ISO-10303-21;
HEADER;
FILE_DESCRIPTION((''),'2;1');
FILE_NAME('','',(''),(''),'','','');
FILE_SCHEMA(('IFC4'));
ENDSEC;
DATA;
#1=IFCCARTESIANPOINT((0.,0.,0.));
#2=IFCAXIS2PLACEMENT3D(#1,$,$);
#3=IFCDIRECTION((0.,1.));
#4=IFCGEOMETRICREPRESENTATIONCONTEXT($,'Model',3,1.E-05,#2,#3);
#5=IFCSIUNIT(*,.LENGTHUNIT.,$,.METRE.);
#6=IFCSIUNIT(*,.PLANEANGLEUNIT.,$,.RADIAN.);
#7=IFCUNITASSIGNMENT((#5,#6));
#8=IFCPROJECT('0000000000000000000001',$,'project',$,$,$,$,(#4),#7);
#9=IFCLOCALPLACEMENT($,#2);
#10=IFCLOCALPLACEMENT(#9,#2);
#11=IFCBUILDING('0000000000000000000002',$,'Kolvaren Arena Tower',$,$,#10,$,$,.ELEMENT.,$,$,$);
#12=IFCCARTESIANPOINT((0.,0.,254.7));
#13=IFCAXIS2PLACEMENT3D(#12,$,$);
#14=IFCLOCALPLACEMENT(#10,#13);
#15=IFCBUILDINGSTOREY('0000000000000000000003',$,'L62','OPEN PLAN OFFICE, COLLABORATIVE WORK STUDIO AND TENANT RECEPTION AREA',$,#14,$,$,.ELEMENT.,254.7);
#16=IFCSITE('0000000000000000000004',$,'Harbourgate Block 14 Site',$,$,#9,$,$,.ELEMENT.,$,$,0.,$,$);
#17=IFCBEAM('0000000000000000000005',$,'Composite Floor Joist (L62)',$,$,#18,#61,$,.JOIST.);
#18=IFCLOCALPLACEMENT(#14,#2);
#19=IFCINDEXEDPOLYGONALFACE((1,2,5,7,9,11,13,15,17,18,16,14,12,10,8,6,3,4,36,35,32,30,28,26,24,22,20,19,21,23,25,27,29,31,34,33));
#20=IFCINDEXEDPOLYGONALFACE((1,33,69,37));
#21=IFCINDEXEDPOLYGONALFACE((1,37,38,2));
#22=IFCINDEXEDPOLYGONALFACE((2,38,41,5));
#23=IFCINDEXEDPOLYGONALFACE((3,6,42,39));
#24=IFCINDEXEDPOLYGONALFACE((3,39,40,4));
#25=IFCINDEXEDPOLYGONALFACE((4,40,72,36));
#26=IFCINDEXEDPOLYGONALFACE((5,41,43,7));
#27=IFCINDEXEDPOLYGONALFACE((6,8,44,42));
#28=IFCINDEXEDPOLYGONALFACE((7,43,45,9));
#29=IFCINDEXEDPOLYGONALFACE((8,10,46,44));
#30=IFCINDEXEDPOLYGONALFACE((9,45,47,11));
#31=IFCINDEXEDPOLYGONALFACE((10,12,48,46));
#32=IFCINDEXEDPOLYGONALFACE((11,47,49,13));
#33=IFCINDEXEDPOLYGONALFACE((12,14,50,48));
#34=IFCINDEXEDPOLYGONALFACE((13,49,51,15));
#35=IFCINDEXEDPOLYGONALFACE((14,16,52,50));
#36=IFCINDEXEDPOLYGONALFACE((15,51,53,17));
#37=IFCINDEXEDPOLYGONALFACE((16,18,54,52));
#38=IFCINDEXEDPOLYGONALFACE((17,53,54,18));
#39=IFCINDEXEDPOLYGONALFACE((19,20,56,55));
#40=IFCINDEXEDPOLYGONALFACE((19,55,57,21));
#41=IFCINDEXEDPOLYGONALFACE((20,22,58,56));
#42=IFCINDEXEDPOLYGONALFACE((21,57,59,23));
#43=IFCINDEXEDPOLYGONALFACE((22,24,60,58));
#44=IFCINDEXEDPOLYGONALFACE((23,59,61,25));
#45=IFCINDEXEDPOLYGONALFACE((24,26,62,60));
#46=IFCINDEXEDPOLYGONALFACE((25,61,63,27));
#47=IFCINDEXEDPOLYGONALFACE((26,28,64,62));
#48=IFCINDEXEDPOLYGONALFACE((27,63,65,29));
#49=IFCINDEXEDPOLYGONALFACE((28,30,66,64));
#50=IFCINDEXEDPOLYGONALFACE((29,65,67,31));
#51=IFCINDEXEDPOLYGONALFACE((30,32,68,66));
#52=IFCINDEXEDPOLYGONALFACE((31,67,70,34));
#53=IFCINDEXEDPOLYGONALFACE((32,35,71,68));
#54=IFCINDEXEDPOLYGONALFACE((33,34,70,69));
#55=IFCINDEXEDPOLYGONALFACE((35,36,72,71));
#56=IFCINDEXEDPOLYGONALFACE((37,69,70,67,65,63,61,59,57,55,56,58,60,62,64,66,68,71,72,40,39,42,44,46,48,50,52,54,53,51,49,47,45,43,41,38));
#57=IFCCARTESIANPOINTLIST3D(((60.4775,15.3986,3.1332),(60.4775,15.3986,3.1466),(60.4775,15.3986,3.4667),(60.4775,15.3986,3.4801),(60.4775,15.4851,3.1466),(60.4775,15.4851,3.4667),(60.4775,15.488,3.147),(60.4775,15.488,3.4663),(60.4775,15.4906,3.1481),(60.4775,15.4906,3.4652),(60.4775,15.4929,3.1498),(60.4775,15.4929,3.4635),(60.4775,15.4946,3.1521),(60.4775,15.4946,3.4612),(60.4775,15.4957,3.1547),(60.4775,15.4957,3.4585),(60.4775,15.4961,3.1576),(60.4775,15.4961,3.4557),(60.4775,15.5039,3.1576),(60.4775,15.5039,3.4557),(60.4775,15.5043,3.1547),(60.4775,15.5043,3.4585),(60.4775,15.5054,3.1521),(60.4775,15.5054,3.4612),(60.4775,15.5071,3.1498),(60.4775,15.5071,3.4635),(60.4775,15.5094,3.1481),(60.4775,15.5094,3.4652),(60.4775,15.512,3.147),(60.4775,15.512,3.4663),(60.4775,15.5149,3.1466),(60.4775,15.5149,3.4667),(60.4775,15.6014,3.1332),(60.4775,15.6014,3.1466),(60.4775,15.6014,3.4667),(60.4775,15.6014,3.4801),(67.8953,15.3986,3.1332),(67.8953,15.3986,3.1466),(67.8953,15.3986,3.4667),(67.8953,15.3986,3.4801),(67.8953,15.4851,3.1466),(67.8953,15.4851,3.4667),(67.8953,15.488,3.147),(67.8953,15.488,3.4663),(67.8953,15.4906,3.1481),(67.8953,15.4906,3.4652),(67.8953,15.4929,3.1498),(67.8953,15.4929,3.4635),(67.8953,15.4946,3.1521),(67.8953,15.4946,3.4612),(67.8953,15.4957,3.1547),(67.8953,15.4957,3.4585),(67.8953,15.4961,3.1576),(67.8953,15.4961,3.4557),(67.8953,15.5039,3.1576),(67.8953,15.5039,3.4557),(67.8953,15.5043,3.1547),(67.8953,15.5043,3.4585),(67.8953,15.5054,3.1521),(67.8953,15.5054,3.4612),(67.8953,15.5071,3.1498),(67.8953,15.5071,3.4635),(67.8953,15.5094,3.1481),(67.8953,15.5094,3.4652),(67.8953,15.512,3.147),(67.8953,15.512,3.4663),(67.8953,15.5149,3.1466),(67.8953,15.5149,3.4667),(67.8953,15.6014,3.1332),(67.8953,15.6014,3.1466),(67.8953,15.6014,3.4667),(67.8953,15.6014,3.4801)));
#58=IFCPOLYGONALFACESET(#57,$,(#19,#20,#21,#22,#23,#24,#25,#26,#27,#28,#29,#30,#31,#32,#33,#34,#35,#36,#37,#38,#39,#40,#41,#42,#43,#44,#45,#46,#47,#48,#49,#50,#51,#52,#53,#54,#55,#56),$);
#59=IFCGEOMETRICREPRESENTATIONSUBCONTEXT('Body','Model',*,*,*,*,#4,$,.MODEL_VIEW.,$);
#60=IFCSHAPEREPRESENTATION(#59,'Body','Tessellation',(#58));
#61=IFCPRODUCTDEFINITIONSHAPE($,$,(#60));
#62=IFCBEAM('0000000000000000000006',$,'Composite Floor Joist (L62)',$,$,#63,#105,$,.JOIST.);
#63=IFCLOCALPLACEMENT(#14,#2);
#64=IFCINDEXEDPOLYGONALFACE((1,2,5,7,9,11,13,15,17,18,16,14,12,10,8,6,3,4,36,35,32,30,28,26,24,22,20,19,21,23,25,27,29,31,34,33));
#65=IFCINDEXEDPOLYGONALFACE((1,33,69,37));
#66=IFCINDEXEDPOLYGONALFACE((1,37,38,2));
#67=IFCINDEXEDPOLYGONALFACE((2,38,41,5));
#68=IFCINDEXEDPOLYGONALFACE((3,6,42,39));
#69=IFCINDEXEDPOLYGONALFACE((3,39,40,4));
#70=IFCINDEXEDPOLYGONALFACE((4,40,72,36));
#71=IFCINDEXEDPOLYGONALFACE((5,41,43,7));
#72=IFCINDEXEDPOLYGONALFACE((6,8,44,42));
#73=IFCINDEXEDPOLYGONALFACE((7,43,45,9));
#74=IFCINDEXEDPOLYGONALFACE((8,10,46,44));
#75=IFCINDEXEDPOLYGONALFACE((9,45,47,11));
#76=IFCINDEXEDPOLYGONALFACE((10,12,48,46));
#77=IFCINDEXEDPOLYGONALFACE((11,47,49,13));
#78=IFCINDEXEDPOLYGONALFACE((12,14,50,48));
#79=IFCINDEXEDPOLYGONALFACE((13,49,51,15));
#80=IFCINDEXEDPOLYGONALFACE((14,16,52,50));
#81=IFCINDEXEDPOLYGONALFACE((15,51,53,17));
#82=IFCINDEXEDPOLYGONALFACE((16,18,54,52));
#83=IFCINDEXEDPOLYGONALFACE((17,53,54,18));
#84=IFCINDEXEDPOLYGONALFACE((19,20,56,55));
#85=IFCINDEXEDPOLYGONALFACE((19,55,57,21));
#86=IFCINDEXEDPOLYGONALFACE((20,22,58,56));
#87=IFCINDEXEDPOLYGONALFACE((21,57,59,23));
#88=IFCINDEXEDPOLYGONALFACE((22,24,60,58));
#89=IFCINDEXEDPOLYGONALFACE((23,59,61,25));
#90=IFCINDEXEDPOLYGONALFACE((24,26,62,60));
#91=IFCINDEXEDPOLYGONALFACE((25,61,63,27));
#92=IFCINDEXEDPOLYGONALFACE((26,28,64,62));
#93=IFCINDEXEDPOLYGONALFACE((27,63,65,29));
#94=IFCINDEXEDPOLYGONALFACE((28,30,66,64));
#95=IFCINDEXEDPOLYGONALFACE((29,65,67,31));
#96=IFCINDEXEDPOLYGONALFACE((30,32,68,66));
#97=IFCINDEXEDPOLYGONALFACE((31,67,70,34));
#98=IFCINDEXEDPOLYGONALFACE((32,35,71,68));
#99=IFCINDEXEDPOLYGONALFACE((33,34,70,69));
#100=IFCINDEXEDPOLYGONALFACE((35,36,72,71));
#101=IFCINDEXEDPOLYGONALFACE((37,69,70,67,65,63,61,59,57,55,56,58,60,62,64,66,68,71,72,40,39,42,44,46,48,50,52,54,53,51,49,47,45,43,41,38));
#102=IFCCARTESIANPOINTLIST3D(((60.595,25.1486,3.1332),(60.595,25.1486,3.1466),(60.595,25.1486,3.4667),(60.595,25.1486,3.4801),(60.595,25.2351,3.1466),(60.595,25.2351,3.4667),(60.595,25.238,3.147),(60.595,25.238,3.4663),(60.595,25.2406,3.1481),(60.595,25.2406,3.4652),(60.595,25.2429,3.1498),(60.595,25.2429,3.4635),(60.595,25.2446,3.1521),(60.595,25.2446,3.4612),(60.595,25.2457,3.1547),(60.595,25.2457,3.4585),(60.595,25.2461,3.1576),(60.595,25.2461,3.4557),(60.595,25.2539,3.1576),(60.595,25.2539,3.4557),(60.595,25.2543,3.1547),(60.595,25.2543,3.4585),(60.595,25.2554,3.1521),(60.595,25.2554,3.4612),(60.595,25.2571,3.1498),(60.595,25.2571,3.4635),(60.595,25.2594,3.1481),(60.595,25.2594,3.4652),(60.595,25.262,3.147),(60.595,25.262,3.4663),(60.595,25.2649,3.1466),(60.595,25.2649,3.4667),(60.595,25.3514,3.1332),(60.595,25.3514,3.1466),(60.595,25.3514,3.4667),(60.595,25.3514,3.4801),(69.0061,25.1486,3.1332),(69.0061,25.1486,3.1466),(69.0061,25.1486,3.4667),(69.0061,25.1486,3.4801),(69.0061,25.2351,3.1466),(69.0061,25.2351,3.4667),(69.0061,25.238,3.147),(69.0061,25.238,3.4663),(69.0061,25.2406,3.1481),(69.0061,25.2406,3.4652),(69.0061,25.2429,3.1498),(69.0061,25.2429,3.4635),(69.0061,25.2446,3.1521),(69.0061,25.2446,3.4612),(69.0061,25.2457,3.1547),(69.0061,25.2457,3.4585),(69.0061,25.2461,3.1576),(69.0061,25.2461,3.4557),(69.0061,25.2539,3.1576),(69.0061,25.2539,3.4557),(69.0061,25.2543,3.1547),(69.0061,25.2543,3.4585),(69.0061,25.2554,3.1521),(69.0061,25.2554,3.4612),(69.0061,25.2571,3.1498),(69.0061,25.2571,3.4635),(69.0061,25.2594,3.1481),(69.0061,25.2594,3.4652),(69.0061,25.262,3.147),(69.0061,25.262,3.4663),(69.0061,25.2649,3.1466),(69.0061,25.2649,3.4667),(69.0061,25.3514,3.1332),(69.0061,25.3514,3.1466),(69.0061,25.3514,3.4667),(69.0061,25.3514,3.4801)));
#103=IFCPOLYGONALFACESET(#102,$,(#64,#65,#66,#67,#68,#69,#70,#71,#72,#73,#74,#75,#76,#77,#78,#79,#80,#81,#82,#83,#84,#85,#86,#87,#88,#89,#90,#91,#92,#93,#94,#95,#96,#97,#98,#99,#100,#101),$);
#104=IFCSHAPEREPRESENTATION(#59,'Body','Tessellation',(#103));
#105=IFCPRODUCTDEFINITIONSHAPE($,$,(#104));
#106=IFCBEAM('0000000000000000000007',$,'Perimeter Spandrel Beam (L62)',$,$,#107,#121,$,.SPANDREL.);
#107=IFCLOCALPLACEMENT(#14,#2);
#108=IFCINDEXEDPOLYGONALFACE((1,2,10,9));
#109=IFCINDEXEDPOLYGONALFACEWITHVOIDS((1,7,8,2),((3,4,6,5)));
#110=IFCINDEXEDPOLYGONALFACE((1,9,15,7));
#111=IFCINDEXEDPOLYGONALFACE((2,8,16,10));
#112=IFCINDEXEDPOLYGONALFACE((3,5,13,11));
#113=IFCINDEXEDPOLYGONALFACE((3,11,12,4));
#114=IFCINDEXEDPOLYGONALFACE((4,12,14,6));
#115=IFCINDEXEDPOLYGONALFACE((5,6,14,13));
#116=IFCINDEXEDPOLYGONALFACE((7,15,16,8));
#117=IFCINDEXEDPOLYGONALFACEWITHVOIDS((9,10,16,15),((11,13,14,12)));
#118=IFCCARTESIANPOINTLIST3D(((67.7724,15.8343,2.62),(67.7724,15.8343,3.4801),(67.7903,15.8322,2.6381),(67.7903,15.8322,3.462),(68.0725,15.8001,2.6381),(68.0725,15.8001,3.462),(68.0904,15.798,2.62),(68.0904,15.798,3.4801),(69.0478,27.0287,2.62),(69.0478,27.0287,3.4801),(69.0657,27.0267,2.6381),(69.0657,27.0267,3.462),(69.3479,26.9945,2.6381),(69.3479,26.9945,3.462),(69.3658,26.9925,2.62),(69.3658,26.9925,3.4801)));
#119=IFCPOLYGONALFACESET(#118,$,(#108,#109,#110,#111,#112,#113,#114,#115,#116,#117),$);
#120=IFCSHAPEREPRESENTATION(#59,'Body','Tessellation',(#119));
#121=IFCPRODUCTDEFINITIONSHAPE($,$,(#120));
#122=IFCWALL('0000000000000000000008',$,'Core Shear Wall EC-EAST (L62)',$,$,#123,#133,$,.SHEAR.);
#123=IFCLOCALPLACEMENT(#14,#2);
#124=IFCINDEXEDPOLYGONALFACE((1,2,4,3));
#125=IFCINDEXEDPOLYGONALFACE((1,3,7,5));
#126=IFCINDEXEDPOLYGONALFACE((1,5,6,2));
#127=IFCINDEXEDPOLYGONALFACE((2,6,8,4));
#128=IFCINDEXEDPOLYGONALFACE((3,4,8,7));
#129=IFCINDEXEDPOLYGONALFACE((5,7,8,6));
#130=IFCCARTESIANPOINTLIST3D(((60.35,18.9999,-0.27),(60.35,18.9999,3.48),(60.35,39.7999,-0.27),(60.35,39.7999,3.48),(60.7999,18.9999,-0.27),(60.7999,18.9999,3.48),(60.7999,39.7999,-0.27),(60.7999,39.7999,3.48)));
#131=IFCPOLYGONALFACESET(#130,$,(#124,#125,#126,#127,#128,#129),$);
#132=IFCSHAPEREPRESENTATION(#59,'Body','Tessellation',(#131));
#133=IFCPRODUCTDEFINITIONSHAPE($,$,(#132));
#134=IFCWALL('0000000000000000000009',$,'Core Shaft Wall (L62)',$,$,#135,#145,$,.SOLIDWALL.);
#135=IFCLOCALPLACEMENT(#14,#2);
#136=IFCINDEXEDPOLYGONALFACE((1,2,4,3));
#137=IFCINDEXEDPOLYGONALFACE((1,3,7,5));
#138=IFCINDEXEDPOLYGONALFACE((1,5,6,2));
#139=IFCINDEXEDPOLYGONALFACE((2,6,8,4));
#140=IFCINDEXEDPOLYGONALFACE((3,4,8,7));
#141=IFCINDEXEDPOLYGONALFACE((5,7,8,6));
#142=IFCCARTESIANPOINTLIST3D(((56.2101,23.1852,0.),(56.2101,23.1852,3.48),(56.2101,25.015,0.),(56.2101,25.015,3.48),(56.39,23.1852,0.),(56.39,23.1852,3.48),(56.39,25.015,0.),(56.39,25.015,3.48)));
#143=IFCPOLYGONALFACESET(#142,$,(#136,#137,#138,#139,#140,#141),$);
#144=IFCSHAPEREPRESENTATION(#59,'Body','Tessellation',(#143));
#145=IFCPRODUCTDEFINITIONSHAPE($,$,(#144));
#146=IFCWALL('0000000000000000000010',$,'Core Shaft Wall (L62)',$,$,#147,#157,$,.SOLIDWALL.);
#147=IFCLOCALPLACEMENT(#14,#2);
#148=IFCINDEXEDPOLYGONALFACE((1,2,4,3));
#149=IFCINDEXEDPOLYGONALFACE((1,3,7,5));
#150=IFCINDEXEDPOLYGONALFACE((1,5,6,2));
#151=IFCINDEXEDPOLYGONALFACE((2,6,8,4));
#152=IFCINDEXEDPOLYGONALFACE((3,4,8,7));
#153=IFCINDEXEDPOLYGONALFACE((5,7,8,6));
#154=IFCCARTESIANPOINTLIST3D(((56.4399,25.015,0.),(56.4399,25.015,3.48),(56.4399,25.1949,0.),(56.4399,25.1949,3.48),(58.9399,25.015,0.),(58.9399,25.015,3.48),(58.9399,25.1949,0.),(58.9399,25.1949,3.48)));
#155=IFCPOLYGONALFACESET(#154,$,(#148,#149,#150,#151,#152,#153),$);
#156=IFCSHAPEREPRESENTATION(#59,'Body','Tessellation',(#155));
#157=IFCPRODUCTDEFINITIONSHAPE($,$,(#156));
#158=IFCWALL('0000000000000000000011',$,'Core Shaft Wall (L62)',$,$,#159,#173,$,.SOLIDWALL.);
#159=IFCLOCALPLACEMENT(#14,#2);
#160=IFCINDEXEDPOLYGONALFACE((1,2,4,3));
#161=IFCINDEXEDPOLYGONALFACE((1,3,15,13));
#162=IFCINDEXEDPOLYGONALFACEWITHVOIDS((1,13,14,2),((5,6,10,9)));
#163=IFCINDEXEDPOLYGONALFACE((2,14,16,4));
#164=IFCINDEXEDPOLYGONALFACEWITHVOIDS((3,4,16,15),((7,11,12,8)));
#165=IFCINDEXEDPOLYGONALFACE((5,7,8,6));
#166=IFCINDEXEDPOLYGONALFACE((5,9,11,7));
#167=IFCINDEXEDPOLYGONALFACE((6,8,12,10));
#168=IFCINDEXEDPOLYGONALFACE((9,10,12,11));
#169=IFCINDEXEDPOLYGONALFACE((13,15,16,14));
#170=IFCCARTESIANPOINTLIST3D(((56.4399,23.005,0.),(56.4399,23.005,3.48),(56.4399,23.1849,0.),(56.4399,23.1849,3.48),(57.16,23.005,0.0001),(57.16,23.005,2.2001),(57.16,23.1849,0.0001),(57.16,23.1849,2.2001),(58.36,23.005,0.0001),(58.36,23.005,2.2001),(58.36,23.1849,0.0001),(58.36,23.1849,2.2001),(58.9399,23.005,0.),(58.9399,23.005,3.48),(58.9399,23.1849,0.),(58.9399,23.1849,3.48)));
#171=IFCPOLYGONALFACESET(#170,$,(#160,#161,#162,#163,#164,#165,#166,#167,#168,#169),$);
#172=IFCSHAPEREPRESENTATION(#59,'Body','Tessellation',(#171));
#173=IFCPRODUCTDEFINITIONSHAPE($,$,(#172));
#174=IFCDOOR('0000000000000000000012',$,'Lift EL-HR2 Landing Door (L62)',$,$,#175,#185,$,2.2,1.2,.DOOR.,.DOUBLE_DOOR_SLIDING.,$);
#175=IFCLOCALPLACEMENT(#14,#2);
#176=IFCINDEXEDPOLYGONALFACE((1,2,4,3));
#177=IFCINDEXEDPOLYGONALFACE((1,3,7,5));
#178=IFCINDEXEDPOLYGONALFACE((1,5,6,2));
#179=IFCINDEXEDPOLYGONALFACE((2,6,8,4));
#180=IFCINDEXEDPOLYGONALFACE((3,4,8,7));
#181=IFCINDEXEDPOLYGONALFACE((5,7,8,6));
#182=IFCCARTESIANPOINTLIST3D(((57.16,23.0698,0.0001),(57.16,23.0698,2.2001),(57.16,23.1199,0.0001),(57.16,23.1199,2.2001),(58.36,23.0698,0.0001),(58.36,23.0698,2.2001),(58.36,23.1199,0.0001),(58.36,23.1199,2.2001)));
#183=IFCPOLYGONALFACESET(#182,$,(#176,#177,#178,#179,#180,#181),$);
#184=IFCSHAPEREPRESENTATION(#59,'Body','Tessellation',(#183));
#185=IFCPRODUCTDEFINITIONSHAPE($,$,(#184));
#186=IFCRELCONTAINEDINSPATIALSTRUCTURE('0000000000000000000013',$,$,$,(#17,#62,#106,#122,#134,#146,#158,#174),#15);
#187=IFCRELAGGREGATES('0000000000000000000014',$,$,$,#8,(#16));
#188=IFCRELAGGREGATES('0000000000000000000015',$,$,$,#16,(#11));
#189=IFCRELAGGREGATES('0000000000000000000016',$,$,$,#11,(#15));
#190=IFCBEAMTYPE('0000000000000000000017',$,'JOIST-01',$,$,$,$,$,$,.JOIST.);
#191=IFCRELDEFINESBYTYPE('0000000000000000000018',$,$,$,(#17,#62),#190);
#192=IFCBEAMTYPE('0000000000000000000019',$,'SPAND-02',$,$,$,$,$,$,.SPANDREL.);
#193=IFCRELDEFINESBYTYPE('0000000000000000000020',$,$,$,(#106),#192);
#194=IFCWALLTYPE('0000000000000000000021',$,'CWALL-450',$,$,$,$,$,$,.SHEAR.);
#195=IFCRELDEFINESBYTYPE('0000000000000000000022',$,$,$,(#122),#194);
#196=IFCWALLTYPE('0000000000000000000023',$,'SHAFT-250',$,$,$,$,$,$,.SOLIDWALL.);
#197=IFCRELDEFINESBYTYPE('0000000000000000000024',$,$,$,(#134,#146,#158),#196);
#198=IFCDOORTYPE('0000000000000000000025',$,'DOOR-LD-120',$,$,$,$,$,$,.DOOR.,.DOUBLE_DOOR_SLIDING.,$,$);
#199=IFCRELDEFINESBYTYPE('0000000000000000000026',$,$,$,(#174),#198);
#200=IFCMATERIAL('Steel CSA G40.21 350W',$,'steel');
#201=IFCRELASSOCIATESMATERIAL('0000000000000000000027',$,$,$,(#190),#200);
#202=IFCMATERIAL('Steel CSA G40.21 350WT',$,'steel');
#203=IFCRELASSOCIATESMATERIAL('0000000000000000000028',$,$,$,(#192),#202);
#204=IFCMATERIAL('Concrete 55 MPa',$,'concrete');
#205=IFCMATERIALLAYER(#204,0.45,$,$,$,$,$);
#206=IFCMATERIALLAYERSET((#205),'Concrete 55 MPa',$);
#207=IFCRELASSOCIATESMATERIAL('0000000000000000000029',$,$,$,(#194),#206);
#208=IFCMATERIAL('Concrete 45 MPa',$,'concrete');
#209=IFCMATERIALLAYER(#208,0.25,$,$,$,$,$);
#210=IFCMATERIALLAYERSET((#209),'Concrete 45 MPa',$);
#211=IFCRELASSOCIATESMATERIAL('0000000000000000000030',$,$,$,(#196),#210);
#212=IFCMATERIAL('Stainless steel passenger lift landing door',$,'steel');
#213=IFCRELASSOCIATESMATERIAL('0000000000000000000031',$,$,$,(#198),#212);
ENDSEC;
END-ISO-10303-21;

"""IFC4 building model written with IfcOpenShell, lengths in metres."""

from ifc_helpers import new_model, si_unit, direction, frame, frame_2d, origin, origin_2d, place, context, subcontext, project, spatial, rectangle, hollow_rectangle, i_section, extrude, material, layer, layer_set, material_profile, profile_set, type_object, element, fill, save


model = new_model("IFC4")

# Units and contexts
model_context = context("Model", 3, precision=1e-05, world=origin(), true_north=direction((0.0, 1.0)))
body_context = subcontext(model_context, "Body", "Model", "MODEL_VIEW")
ifc_project = project(units=[si_unit("LENGTHUNIT", "METRE"), si_unit("PLANEANGLEUNIT", "RADIAN")], contexts=[model_context])

# Site, building, storey
site_placement = place(None, origin())
site = spatial("IfcSite", under=ifc_project, at=site_placement, Name="Harbourgate Block 14 Site", CompositionType="ELEMENT", RefElevation=0.0)
building_placement = place(site_placement, origin())
building = spatial("IfcBuilding", under=site, at=building_placement, Name="Kolvaren Arena Tower", CompositionType="ELEMENT")
storey_placement = place(building_placement, frame((0.0, 0.0, 254.7)))
storey = spatial("IfcBuildingStorey", under=building, at=storey_placement, Name="L62", Description="OPEN PLAN OFFICE, COLLABORATIVE WORK STUDIO AND TENANT RECEPTION AREA", CompositionType="ELEMENT", Elevation=254.7)

# Beams
ifc_material_1 = material(Name="Steel CSA G40.21 350W", Category="steel")
ifc_material_profile_1 = material_profile(ifc_material_1, i_section(OverallWidth=0.2029, OverallDepth=0.3469, WebThickness=0.0078, FlangeThickness=0.0134, FilletRadius=0.011, at=origin_2d()), Name="W360x64")
ifc_profile_set_1 = profile_set([ifc_material_profile_1], Name="Steel CSA G40.21 350W")
beam_type_1 = type_object("IfcBeamType", Name="JOIST-01", PredefinedType="JOIST", material=ifc_profile_set_1)
beam_1_placement = place(storey_placement, frame((60.4775, 15.5, 3.3066), z_axis=(1.0, 0.0, 0.0), x_axis=(0.0, 1.0, 0.0)))
element("IfcBeam", 1, at=beam_1_placement, inside=storey, type_object=beam_type_1, Name="Composite Floor Joist (L62)", PredefinedType="JOIST", context=body_context, shape_type="SweptSolid", body=[
    extrude(i_section(OverallWidth=0.2029, OverallDepth=0.3469, WebThickness=0.0078, FlangeThickness=0.0134, FilletRadius=0.011, at=origin_2d()), origin(), (0.0, 0.0, 1.0), 7.4177),
])
beam_2_placement = place(storey_placement, frame((60.595, 25.25, 3.3066), z_axis=(1.0, 0.0, 0.0), x_axis=(0.0, 1.0, 0.0)))
element("IfcBeam", 2, at=beam_2_placement, inside=storey, type_object=beam_type_1, Name="Composite Floor Joist (L62)", PredefinedType="JOIST", context=body_context, shape_type="SweptSolid", body=[
    extrude(i_section(OverallWidth=0.2029, OverallDepth=0.3469, WebThickness=0.0078, FlangeThickness=0.0134, FilletRadius=0.011, at=origin_2d()), origin(), (0.0, 0.0, 1.0), 8.4111),
])
ifc_material_2 = material(Name="Steel CSA G40.21 350WT", Category="steel")
ifc_material_profile_2 = material_profile(ifc_material_2, hollow_rectangle(XDim=0.3201, YDim=0.8601, WallThickness=0.0181, at=origin_2d()), Name="HSS 860x320x18")
ifc_profile_set_2 = profile_set([ifc_material_profile_2], Name="Steel CSA G40.21 350WT")
beam_type_2 = type_object("IfcBeamType", Name="SPAND-02", PredefinedType="SPANDREL", material=ifc_profile_set_2)
beam_3_placement = place(storey_placement, frame((67.9314, 15.8162, 3.05), z_axis=(0.113199, 0.993572, 0.0), x_axis=(-0.993572, 0.113199, 0.0)))
element("IfcBeam", 3, at=beam_3_placement, inside=storey, type_object=beam_type_2, Name="Perimeter Spandrel Beam (L62)", PredefinedType="SPANDREL", context=body_context, shape_type="SweptSolid", body=[
    extrude(hollow_rectangle(XDim=0.3201, YDim=0.8601, WallThickness=0.0181, at=origin_2d()), origin(), (0.0, 0.0, 1.0), 11.2668),
])

# Walls
ifc_material_3 = material(Name="Concrete 55 MPa", Category="concrete")
ifc_layer_1 = layer(ifc_material_3, 0.45)
ifc_layer_set_1 = layer_set([ifc_layer_1], Name="Concrete 55 MPa")
wall_type_1 = type_object("IfcWallType", Name="CWALL-450", PredefinedType="SHEAR", material=ifc_layer_set_1)
wall_1_placement = place(storey_placement, frame((60.575, 19.0, -0.27), z_axis=(0.0, 0.0, 1.0), x_axis=(0.0, 1.0, 0.0)))
element("IfcWall", 4, at=wall_1_placement, inside=storey, type_object=wall_type_1, Name="Core Shear Wall EC-EAST (L62)", PredefinedType="SHEAR", context=body_context, shape_type="SweptSolid", body=[
    extrude(rectangle(XDim=20.8, YDim=0.45, at=frame_2d((10.3999, 0.0))), origin(), (0.0, 0.0, 1.0), 3.75),
])
ifc_material_4 = material(Name="Concrete 45 MPa", Category="concrete")
ifc_layer_2 = layer(ifc_material_4, 0.25)
ifc_layer_set_2 = layer_set([ifc_layer_2], Name="Concrete 45 MPa")
wall_type_2 = type_object("IfcWallType", Name="SHAFT-250", PredefinedType="SOLIDWALL", material=ifc_layer_set_2)
wall_2_placement = place(storey_placement, frame((56.3, 23.1851, 0.0), z_axis=(0.0, 0.0, 1.0), x_axis=(0.0, 1.0, 0.0)))
element("IfcWall", 5, at=wall_2_placement, inside=storey, type_object=wall_type_2, Name="Core Shaft Wall (L62)", PredefinedType="SOLIDWALL", context=body_context, shape_type="SweptSolid", body=[
    extrude(rectangle(XDim=1.8298, YDim=0.1799, at=frame_2d((0.915, 0.0))), origin(), (0.0, 0.0, 1.0), 3.48),
])
wall_3_placement = place(storey_placement, frame((56.4399, 25.105, 0.0), z_axis=(0.0, 0.0, 1.0), x_axis=(1.0, 0.0, 0.0)))
element("IfcWall", 6, at=wall_3_placement, inside=storey, type_object=wall_type_2, Name="Core Shaft Wall (L62)", PredefinedType="SOLIDWALL", context=body_context, shape_type="SweptSolid", body=[
    extrude(rectangle(XDim=2.5, YDim=0.1799, at=frame_2d((1.25, 0.0))), origin(), (0.0, 0.0, 1.0), 3.48),
])

# Wall, opening, door
wall_4_placement = place(storey_placement, frame((56.4399, 23.095, 0.0), z_axis=(0.0, 0.0, 1.0), x_axis=(1.0, 0.0, 0.0)))
wall_4 = element("IfcWall", 7, at=wall_4_placement, inside=storey, type_object=wall_type_2, Name="Core Shaft Wall (L62)", PredefinedType="SOLIDWALL", context=body_context, shape_type="SweptSolid", body=[
    extrude(rectangle(XDim=2.5, YDim=0.1799, at=frame_2d((1.25, 0.0))), origin(), (0.0, 0.0, 1.0), 3.48),
])
opening_placement = place(wall_4_placement, frame((0.72, 0.0, 0.0)))
opening = element("IfcOpeningElement", 8, at=opening_placement, cuts=wall_4, PredefinedType="OPENING", context=body_context, shape_type="SweptSolid", body=[
    extrude(rectangle(XDim=1.2, YDim=2.2, at=frame_2d((0.6001, 1.1001))), frame((0.0, 0.0999, 0.0), z_axis=(0.0, -1.0, 0.0), x_axis=(1.0, 0.0, 0.0)), (0.0, 0.0, 1.0), 0.2),
])
ifc_material_5 = material(Name="Stainless steel passenger lift landing door", Category="steel")
door_type = type_object("IfcDoorType", Name="DOOR-LD-120", OperationType="DOUBLE_DOOR_SLIDING", PredefinedType="DOOR", material=ifc_material_5)
door_placement = place(opening_placement, origin())
door = element("IfcDoor", 9, at=door_placement, inside=storey, type_object=door_type, Name="Lift EL-HR2 Landing Door (L62)", OperationType="DOUBLE_DOOR_SLIDING", OverallHeight=2.2, OverallWidth=1.2, PredefinedType="DOOR", context=body_context, shape_type="SweptSolid", body=[
    extrude(rectangle(XDim=1.2, YDim=2.2, at=frame_2d((0.6001, 1.1001))), frame((0.0, 0.0249, 0.0), z_axis=(0.0, -1.0, 0.0), x_axis=(1.0, 0.0, 0.0)), (0.0, 0.0, 1.0), 0.05),
])
fill(opening, door)

save(model, "model.ifc")
